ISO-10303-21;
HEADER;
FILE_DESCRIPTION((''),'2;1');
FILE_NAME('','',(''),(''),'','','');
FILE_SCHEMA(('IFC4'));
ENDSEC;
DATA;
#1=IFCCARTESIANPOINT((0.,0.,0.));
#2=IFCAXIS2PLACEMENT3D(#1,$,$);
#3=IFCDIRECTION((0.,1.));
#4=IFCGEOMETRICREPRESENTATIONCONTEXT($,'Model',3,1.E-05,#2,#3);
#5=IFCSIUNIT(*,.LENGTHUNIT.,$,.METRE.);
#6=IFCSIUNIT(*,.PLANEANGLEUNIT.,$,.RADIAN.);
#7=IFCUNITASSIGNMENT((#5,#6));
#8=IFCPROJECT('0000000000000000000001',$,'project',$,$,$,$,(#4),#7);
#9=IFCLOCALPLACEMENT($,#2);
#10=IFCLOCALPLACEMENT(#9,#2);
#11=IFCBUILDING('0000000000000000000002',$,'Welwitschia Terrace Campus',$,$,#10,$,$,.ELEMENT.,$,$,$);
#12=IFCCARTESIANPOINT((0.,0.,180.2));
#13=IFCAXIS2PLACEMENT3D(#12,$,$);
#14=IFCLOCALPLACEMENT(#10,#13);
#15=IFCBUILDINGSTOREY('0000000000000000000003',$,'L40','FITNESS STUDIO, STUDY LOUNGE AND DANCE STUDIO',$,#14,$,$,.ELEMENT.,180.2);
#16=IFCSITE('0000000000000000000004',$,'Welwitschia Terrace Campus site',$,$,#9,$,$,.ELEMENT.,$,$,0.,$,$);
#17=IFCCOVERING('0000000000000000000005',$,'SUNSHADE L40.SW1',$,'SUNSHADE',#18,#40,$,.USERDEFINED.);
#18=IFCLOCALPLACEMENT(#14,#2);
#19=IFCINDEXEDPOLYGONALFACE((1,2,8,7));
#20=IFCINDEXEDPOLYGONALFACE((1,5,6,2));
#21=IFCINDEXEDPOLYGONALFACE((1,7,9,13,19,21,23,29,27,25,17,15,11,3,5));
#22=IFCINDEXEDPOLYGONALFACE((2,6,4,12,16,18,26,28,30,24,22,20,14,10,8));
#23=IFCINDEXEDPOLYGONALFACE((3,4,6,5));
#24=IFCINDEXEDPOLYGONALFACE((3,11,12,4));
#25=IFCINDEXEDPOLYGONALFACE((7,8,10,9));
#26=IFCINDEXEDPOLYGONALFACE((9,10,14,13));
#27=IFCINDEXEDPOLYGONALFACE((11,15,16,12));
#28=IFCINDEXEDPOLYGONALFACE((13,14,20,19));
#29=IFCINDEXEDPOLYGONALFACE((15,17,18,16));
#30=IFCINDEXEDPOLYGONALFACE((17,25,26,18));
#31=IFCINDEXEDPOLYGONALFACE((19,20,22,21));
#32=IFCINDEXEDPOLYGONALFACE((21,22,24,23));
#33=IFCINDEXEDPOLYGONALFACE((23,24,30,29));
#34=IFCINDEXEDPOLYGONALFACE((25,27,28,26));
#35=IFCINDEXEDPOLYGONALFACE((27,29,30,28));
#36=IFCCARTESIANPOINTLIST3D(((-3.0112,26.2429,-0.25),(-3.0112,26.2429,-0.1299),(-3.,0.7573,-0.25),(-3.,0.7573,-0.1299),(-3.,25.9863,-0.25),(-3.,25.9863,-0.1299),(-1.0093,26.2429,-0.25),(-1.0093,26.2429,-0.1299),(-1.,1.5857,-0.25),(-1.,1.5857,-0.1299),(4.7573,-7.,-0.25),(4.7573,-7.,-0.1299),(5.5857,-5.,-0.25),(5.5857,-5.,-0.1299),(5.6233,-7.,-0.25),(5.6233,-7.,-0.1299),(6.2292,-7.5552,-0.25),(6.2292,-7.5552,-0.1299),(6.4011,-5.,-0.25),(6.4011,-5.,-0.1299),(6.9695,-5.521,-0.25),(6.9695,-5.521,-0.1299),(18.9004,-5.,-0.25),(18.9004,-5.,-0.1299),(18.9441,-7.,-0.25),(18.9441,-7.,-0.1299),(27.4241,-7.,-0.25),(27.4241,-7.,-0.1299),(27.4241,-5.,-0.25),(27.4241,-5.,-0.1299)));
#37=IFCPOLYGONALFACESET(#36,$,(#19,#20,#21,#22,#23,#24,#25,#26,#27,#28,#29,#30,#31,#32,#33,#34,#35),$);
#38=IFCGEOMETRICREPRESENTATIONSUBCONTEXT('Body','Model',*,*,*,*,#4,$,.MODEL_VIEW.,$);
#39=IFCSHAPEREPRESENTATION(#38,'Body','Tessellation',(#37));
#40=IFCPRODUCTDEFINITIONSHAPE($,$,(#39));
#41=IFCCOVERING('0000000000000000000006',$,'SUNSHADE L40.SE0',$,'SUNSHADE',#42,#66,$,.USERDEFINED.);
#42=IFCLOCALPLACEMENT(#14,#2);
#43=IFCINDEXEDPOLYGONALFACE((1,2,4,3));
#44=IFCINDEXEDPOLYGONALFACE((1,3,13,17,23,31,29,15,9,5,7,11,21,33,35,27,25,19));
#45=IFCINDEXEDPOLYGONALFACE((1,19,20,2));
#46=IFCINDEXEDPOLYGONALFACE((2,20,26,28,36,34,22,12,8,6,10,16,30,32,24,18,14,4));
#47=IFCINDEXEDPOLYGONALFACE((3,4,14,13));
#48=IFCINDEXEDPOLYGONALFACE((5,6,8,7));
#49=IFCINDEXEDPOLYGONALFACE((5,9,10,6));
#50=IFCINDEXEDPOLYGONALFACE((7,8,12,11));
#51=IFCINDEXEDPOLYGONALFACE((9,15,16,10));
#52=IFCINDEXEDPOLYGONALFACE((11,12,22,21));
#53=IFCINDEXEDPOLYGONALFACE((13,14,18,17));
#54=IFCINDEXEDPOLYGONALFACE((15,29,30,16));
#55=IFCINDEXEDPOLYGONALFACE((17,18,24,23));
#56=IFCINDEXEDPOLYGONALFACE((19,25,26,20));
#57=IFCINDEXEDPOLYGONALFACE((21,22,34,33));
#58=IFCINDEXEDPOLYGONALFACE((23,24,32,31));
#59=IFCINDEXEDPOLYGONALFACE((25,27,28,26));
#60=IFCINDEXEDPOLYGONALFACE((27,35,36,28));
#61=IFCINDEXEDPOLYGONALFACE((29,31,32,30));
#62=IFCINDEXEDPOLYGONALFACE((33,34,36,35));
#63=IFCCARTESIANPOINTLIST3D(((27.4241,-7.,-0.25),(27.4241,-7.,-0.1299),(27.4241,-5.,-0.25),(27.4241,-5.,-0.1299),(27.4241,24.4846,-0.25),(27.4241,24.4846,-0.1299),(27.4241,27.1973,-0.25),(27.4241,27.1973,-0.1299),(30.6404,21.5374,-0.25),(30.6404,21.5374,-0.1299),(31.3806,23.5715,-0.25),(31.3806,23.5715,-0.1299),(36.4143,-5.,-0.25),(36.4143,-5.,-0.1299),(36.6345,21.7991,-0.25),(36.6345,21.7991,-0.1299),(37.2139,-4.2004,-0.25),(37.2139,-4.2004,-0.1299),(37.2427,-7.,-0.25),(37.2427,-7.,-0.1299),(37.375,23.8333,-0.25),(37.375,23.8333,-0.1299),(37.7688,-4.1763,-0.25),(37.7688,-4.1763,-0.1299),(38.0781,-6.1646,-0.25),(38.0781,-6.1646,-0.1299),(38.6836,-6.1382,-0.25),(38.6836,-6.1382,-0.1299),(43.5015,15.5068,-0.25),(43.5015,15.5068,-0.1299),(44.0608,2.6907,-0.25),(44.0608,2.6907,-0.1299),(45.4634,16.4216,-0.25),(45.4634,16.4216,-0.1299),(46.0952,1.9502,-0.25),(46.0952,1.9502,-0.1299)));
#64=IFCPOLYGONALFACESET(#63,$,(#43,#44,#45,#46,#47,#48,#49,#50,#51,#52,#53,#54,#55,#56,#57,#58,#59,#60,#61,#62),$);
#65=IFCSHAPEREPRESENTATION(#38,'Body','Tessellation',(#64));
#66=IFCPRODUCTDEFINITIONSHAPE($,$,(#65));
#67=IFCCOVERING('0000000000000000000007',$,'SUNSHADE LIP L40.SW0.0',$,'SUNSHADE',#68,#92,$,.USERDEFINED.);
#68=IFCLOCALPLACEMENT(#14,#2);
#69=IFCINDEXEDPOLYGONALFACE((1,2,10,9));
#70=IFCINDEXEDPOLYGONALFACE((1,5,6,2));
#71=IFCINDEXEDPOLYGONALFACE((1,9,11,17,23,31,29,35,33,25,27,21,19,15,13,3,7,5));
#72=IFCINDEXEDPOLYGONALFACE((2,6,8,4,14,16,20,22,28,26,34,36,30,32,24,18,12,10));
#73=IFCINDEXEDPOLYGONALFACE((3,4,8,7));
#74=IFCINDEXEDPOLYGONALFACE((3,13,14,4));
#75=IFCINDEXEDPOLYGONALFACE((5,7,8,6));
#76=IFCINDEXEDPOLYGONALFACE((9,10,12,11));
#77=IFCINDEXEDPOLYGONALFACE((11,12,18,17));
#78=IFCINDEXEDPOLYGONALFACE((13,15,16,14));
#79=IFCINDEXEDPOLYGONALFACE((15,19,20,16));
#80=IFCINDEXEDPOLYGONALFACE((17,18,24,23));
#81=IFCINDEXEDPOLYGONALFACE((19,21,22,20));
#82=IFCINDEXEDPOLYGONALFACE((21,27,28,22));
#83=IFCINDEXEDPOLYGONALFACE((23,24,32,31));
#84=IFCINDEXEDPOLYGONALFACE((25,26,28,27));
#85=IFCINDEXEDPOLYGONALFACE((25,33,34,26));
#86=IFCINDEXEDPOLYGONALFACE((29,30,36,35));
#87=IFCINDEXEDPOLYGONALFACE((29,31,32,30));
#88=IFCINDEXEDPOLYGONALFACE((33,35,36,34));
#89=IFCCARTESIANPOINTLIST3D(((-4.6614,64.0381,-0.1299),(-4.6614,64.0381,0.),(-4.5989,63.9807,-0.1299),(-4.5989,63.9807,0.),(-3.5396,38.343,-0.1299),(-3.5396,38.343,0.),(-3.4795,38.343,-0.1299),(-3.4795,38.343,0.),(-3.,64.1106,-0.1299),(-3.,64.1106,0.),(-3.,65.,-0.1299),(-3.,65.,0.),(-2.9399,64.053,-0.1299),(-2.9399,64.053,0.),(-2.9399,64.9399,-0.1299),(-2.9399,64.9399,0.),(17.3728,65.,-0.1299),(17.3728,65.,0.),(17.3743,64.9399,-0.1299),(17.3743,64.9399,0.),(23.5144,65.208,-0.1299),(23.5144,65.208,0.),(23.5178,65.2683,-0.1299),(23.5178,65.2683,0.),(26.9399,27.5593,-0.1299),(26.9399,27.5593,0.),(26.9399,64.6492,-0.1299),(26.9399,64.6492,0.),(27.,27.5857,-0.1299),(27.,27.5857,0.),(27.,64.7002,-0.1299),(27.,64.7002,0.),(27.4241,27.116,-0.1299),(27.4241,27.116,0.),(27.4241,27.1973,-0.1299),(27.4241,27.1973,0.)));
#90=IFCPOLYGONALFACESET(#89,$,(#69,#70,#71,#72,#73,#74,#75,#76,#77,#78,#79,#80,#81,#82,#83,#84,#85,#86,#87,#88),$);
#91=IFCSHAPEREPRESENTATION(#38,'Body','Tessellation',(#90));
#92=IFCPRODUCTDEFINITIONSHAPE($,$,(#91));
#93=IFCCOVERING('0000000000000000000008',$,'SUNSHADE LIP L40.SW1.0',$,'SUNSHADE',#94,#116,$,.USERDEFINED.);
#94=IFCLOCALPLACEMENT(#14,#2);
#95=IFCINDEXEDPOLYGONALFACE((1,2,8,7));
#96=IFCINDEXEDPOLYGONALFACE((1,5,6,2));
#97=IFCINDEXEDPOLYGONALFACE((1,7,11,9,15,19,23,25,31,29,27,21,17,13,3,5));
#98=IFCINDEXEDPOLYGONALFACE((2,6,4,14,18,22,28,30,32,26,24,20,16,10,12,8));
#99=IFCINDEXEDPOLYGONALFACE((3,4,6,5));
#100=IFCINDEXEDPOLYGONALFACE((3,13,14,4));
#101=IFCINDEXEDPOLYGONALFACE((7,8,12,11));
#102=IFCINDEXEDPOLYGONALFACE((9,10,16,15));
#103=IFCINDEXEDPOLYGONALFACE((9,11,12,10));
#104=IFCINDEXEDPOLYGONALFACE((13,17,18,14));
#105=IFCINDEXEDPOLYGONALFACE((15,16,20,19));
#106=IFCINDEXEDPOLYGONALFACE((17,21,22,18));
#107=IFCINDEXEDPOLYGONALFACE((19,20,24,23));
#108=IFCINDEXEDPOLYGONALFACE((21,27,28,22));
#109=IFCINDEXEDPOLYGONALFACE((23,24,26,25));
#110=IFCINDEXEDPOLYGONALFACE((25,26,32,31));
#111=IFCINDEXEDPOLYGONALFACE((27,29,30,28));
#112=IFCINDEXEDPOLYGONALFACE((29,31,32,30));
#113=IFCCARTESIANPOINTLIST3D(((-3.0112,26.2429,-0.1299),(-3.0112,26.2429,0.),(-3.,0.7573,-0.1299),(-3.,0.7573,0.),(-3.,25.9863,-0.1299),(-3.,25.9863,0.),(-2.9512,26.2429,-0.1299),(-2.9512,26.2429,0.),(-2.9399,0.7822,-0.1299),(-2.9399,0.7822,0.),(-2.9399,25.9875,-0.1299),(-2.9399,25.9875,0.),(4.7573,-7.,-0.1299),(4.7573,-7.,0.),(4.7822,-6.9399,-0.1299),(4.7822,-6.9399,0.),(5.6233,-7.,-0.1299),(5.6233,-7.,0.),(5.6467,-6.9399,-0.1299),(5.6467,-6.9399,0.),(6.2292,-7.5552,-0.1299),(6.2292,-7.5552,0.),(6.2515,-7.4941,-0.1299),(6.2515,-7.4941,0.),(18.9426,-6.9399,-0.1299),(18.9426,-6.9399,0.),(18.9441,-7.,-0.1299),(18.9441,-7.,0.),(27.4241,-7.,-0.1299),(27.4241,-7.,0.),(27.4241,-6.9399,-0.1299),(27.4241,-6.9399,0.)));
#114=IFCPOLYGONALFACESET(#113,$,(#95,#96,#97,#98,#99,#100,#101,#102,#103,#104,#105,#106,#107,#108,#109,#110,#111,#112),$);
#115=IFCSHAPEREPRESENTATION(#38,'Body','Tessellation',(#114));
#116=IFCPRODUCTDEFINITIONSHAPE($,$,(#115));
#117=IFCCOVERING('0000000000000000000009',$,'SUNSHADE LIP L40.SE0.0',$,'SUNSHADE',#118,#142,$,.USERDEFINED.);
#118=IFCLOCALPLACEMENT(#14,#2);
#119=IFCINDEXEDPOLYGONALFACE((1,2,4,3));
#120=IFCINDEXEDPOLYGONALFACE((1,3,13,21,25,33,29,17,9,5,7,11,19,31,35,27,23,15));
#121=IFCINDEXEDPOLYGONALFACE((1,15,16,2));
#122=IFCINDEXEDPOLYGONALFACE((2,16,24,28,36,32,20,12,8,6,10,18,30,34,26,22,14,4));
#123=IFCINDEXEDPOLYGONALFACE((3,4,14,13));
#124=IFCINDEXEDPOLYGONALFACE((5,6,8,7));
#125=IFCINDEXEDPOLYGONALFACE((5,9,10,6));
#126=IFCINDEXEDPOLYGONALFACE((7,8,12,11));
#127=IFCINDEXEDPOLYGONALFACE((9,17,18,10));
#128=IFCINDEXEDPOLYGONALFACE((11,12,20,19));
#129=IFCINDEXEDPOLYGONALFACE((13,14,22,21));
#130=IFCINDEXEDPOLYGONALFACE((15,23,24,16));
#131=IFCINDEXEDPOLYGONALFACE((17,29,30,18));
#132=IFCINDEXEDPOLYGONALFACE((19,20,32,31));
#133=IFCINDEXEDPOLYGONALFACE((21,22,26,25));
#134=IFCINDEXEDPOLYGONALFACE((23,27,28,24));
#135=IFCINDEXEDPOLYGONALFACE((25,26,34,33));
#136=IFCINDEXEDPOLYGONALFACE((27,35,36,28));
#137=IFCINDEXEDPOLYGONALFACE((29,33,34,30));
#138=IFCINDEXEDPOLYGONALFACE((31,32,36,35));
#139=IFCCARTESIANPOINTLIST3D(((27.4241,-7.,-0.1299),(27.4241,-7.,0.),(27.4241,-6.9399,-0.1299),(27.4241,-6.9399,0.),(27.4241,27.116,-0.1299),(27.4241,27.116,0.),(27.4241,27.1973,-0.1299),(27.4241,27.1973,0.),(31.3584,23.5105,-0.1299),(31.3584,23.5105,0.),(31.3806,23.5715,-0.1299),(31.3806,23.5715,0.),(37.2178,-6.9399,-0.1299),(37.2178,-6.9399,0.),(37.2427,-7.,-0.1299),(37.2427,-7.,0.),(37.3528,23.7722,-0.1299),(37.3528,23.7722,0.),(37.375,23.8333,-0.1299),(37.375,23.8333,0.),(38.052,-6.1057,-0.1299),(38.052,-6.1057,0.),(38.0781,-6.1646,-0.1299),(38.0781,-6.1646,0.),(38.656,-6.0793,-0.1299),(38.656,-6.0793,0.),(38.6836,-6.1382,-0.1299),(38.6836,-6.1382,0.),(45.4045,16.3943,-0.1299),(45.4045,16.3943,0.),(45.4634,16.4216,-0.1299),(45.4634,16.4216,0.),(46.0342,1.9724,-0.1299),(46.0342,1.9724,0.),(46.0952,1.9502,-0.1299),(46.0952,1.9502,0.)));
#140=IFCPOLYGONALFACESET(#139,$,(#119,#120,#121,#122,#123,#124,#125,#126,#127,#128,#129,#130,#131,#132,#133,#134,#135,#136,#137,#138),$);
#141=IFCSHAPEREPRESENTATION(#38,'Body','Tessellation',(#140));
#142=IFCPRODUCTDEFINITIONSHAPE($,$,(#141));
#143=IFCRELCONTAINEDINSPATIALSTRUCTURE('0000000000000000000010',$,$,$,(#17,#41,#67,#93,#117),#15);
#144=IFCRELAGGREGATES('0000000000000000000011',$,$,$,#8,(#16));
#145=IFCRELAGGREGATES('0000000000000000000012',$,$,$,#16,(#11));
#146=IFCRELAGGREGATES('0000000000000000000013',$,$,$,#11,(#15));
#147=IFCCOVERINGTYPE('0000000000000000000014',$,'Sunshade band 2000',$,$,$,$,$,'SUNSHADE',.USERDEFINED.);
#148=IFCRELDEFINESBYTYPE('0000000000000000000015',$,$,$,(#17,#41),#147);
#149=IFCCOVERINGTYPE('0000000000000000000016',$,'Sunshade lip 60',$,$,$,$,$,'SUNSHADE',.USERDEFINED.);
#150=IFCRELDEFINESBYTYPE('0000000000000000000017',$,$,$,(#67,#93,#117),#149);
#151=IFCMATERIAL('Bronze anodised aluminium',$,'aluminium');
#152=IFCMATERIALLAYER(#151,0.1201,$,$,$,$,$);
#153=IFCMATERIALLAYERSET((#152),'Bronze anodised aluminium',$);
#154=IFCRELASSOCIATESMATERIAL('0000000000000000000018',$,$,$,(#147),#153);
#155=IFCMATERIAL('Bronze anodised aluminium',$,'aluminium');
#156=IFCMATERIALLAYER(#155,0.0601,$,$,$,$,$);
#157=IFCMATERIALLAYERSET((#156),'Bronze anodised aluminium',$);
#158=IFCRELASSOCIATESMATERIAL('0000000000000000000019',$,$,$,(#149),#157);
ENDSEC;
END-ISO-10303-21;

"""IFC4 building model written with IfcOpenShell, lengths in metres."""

from ifc_helpers import new_model, si_unit, direction, frame, origin, place, context, subcontext, project, spatial, polyline, outline, extrude, material, layer, layer_set, type_object, element, save


model = new_model("IFC4")

# Units and contexts
model_context = context("Model", 3, precision=1e-05, world=origin(), true_north=direction((0.0, 1.0)))
body_context = subcontext(model_context, "Body", "Model", "MODEL_VIEW")
ifc_project = project(units=[si_unit("LENGTHUNIT", "METRE"), si_unit("PLANEANGLEUNIT", "RADIAN")], contexts=[model_context])

# Site, building, storey
site_placement = place(None, origin())
site = spatial("IfcSite", under=ifc_project, at=site_placement, Name="Welwitschia Terrace Campus site", CompositionType="ELEMENT", RefElevation=0.0)
building_placement = place(site_placement, origin())
building = spatial("IfcBuilding", under=site, at=building_placement, Name="Welwitschia Terrace Campus", CompositionType="ELEMENT")
storey_placement = place(building_placement, frame((0.0, 0.0, 180.2)))
storey = spatial("IfcBuildingStorey", under=building, at=storey_placement, Name="L40", Description="FITNESS STUDIO, STUDY LOUNGE AND DANCE STUDIO", CompositionType="ELEMENT", Elevation=180.2)

# Coverings
ifc_material_1 = material(Name="Bronze anodised aluminium", Category="aluminium")
ifc_layer_1 = layer(ifc_material_1, 0.1201)
ifc_layer_set_1 = layer_set([ifc_layer_1], Name="Bronze anodised aluminium")
covering_type_1 = type_object("IfcCoveringType", Name="Sunshade band 2000", ElementType="SUNSHADE", PredefinedType="USERDEFINED", material=ifc_layer_set_1)
covering_1_placement = place(storey_placement, frame((0.0, 0.0, -0.25)))
element("IfcCovering", 1, at=covering_1_placement, inside=storey, type_object=covering_type_1, Name="SUNSHADE L40.SW1", ObjectType="SUNSHADE", PredefinedType="USERDEFINED", context=body_context, shape_type="SweptSolid", body=[
    extrude(outline(polyline([(18.9441, -7.0), (6.2292, -7.5552), (5.6233, -7.0), (4.7573, -7.0), (-3.0, 0.7573), (-3.0, 25.9863), (-3.0112, 26.2429), (-1.0093, 26.2429), (-1.0, 1.5857), (5.5857, -5.0), (6.4011, -5.0), (6.9695, -5.521), (18.9004, -5.0), (27.4241, -5.0), (27.4241, -7.0), (18.9441, -7.0)])), origin(), (0.0, 0.0, 1.0), 0.1201),
])
covering_2_placement = place(storey_placement, frame((0.0, 0.0, -0.25)))
element("IfcCovering", 2, at=covering_2_placement, inside=storey, type_object=covering_type_1, Name="SUNSHADE L40.SE0", ObjectType="SUNSHADE", PredefinedType="USERDEFINED", context=body_context, shape_type="SweptSolid", body=[
    extrude(outline(polyline([(31.3806, 23.5715), (37.375, 23.8333), (45.4634, 16.4216), (46.0952, 1.9502), (38.6836, -6.1382), (38.0781, -6.1646), (37.2427, -7.0), (27.4241, -7.0), (27.4241, -5.0), (36.4143, -5.0), (37.2139, -4.2004), (37.7688, -4.1763), (44.0608, 2.6907), (43.5015, 15.5068), (36.6345, 21.7991), (30.6404, 21.5374), (27.4241, 24.4846), (27.4241, 27.1973), (31.3806, 23.5715)])), origin(), (0.0, 0.0, 1.0), 0.1201),
])
ifc_material_2 = material(Name="Bronze anodised aluminium", Category="aluminium")
ifc_layer_2 = layer(ifc_material_2, 0.0601)
ifc_layer_set_2 = layer_set([ifc_layer_2], Name="Bronze anodised aluminium")
covering_type_2 = type_object("IfcCoveringType", Name="Sunshade lip 60", ElementType="SUNSHADE", PredefinedType="USERDEFINED", material=ifc_layer_set_2)
covering_3_placement = place(storey_placement, frame((0.0, 0.0, -0.1299)))
element("IfcCovering", 3, at=covering_3_placement, inside=storey, type_object=covering_type_2, Name="SUNSHADE LIP L40.SW0.0", ObjectType="SUNSHADE", PredefinedType="USERDEFINED", context=body_context, shape_type="SweptSolid", body=[
    extrude(outline(polyline([(23.5178, 65.2683), (27.0, 64.7002), (27.0, 27.5857), (27.4241, 27.1973), (27.4241, 27.116), (26.9399, 27.5593), (26.9399, 64.6492), (23.5144, 65.208), (17.3743, 64.9399), (-2.9399, 64.9399), (-2.9399, 64.053), (-4.5989, 63.9807), (-3.4795, 38.343), (-3.5396, 38.343), (-4.6614, 64.0381), (-3.0, 64.1106), (-3.0, 65.0), (17.3728, 65.0), (23.5178, 65.2683)])), origin(), (0.0, 0.0, 1.0), 0.1299),
])
covering_4_placement = place(storey_placement, frame((0.0, 0.0, -0.1299)))
element("IfcCovering", 4, at=covering_4_placement, inside=storey, type_object=covering_type_2, Name="SUNSHADE LIP L40.SW1.0", ObjectType="SUNSHADE", PredefinedType="USERDEFINED", context=body_context, shape_type="SweptSolid", body=[
    extrude(outline(polyline([(6.2292, -7.5552), (5.6233, -7.0), (4.7573, -7.0), (-3.0, 0.7573), (-3.0, 25.9863), (-3.0112, 26.2429), (-2.9512, 26.2429), (-2.9399, 25.9875), (-2.9399, 0.7822), (4.7822, -6.9399), (5.6467, -6.9399), (6.2515, -7.4941), (18.9426, -6.9399), (27.4241, -6.9399), (27.4241, -7.0), (18.9441, -7.0), (6.2292, -7.5552)])), origin(), (0.0, 0.0, 1.0), 0.1299),
])
covering_5_placement = place(storey_placement, frame((0.0, 0.0, -0.1299)))
element("IfcCovering", 5, at=covering_5_placement, inside=storey, type_object=covering_type_2, Name="SUNSHADE LIP L40.SE0.0", ObjectType="SUNSHADE", PredefinedType="USERDEFINED", context=body_context, shape_type="SweptSolid", body=[
    extrude(outline(polyline([(37.375, 23.8333), (45.4634, 16.4216), (46.0952, 1.9502), (38.6836, -6.1382), (38.0781, -6.1646), (37.2427, -7.0), (27.4241, -7.0), (27.4241, -6.9399), (37.2178, -6.9399), (38.052, -6.1057), (38.656, -6.0793), (46.0342, 1.9724), (45.4045, 16.3943), (37.3528, 23.7722), (31.3584, 23.5105), (27.4241, 27.116), (27.4241, 27.1973), (31.3806, 23.5715), (37.375, 23.8333)])), origin(), (0.0, 0.0, 1.0), 0.1299),
])

save(model, "model.ifc")
